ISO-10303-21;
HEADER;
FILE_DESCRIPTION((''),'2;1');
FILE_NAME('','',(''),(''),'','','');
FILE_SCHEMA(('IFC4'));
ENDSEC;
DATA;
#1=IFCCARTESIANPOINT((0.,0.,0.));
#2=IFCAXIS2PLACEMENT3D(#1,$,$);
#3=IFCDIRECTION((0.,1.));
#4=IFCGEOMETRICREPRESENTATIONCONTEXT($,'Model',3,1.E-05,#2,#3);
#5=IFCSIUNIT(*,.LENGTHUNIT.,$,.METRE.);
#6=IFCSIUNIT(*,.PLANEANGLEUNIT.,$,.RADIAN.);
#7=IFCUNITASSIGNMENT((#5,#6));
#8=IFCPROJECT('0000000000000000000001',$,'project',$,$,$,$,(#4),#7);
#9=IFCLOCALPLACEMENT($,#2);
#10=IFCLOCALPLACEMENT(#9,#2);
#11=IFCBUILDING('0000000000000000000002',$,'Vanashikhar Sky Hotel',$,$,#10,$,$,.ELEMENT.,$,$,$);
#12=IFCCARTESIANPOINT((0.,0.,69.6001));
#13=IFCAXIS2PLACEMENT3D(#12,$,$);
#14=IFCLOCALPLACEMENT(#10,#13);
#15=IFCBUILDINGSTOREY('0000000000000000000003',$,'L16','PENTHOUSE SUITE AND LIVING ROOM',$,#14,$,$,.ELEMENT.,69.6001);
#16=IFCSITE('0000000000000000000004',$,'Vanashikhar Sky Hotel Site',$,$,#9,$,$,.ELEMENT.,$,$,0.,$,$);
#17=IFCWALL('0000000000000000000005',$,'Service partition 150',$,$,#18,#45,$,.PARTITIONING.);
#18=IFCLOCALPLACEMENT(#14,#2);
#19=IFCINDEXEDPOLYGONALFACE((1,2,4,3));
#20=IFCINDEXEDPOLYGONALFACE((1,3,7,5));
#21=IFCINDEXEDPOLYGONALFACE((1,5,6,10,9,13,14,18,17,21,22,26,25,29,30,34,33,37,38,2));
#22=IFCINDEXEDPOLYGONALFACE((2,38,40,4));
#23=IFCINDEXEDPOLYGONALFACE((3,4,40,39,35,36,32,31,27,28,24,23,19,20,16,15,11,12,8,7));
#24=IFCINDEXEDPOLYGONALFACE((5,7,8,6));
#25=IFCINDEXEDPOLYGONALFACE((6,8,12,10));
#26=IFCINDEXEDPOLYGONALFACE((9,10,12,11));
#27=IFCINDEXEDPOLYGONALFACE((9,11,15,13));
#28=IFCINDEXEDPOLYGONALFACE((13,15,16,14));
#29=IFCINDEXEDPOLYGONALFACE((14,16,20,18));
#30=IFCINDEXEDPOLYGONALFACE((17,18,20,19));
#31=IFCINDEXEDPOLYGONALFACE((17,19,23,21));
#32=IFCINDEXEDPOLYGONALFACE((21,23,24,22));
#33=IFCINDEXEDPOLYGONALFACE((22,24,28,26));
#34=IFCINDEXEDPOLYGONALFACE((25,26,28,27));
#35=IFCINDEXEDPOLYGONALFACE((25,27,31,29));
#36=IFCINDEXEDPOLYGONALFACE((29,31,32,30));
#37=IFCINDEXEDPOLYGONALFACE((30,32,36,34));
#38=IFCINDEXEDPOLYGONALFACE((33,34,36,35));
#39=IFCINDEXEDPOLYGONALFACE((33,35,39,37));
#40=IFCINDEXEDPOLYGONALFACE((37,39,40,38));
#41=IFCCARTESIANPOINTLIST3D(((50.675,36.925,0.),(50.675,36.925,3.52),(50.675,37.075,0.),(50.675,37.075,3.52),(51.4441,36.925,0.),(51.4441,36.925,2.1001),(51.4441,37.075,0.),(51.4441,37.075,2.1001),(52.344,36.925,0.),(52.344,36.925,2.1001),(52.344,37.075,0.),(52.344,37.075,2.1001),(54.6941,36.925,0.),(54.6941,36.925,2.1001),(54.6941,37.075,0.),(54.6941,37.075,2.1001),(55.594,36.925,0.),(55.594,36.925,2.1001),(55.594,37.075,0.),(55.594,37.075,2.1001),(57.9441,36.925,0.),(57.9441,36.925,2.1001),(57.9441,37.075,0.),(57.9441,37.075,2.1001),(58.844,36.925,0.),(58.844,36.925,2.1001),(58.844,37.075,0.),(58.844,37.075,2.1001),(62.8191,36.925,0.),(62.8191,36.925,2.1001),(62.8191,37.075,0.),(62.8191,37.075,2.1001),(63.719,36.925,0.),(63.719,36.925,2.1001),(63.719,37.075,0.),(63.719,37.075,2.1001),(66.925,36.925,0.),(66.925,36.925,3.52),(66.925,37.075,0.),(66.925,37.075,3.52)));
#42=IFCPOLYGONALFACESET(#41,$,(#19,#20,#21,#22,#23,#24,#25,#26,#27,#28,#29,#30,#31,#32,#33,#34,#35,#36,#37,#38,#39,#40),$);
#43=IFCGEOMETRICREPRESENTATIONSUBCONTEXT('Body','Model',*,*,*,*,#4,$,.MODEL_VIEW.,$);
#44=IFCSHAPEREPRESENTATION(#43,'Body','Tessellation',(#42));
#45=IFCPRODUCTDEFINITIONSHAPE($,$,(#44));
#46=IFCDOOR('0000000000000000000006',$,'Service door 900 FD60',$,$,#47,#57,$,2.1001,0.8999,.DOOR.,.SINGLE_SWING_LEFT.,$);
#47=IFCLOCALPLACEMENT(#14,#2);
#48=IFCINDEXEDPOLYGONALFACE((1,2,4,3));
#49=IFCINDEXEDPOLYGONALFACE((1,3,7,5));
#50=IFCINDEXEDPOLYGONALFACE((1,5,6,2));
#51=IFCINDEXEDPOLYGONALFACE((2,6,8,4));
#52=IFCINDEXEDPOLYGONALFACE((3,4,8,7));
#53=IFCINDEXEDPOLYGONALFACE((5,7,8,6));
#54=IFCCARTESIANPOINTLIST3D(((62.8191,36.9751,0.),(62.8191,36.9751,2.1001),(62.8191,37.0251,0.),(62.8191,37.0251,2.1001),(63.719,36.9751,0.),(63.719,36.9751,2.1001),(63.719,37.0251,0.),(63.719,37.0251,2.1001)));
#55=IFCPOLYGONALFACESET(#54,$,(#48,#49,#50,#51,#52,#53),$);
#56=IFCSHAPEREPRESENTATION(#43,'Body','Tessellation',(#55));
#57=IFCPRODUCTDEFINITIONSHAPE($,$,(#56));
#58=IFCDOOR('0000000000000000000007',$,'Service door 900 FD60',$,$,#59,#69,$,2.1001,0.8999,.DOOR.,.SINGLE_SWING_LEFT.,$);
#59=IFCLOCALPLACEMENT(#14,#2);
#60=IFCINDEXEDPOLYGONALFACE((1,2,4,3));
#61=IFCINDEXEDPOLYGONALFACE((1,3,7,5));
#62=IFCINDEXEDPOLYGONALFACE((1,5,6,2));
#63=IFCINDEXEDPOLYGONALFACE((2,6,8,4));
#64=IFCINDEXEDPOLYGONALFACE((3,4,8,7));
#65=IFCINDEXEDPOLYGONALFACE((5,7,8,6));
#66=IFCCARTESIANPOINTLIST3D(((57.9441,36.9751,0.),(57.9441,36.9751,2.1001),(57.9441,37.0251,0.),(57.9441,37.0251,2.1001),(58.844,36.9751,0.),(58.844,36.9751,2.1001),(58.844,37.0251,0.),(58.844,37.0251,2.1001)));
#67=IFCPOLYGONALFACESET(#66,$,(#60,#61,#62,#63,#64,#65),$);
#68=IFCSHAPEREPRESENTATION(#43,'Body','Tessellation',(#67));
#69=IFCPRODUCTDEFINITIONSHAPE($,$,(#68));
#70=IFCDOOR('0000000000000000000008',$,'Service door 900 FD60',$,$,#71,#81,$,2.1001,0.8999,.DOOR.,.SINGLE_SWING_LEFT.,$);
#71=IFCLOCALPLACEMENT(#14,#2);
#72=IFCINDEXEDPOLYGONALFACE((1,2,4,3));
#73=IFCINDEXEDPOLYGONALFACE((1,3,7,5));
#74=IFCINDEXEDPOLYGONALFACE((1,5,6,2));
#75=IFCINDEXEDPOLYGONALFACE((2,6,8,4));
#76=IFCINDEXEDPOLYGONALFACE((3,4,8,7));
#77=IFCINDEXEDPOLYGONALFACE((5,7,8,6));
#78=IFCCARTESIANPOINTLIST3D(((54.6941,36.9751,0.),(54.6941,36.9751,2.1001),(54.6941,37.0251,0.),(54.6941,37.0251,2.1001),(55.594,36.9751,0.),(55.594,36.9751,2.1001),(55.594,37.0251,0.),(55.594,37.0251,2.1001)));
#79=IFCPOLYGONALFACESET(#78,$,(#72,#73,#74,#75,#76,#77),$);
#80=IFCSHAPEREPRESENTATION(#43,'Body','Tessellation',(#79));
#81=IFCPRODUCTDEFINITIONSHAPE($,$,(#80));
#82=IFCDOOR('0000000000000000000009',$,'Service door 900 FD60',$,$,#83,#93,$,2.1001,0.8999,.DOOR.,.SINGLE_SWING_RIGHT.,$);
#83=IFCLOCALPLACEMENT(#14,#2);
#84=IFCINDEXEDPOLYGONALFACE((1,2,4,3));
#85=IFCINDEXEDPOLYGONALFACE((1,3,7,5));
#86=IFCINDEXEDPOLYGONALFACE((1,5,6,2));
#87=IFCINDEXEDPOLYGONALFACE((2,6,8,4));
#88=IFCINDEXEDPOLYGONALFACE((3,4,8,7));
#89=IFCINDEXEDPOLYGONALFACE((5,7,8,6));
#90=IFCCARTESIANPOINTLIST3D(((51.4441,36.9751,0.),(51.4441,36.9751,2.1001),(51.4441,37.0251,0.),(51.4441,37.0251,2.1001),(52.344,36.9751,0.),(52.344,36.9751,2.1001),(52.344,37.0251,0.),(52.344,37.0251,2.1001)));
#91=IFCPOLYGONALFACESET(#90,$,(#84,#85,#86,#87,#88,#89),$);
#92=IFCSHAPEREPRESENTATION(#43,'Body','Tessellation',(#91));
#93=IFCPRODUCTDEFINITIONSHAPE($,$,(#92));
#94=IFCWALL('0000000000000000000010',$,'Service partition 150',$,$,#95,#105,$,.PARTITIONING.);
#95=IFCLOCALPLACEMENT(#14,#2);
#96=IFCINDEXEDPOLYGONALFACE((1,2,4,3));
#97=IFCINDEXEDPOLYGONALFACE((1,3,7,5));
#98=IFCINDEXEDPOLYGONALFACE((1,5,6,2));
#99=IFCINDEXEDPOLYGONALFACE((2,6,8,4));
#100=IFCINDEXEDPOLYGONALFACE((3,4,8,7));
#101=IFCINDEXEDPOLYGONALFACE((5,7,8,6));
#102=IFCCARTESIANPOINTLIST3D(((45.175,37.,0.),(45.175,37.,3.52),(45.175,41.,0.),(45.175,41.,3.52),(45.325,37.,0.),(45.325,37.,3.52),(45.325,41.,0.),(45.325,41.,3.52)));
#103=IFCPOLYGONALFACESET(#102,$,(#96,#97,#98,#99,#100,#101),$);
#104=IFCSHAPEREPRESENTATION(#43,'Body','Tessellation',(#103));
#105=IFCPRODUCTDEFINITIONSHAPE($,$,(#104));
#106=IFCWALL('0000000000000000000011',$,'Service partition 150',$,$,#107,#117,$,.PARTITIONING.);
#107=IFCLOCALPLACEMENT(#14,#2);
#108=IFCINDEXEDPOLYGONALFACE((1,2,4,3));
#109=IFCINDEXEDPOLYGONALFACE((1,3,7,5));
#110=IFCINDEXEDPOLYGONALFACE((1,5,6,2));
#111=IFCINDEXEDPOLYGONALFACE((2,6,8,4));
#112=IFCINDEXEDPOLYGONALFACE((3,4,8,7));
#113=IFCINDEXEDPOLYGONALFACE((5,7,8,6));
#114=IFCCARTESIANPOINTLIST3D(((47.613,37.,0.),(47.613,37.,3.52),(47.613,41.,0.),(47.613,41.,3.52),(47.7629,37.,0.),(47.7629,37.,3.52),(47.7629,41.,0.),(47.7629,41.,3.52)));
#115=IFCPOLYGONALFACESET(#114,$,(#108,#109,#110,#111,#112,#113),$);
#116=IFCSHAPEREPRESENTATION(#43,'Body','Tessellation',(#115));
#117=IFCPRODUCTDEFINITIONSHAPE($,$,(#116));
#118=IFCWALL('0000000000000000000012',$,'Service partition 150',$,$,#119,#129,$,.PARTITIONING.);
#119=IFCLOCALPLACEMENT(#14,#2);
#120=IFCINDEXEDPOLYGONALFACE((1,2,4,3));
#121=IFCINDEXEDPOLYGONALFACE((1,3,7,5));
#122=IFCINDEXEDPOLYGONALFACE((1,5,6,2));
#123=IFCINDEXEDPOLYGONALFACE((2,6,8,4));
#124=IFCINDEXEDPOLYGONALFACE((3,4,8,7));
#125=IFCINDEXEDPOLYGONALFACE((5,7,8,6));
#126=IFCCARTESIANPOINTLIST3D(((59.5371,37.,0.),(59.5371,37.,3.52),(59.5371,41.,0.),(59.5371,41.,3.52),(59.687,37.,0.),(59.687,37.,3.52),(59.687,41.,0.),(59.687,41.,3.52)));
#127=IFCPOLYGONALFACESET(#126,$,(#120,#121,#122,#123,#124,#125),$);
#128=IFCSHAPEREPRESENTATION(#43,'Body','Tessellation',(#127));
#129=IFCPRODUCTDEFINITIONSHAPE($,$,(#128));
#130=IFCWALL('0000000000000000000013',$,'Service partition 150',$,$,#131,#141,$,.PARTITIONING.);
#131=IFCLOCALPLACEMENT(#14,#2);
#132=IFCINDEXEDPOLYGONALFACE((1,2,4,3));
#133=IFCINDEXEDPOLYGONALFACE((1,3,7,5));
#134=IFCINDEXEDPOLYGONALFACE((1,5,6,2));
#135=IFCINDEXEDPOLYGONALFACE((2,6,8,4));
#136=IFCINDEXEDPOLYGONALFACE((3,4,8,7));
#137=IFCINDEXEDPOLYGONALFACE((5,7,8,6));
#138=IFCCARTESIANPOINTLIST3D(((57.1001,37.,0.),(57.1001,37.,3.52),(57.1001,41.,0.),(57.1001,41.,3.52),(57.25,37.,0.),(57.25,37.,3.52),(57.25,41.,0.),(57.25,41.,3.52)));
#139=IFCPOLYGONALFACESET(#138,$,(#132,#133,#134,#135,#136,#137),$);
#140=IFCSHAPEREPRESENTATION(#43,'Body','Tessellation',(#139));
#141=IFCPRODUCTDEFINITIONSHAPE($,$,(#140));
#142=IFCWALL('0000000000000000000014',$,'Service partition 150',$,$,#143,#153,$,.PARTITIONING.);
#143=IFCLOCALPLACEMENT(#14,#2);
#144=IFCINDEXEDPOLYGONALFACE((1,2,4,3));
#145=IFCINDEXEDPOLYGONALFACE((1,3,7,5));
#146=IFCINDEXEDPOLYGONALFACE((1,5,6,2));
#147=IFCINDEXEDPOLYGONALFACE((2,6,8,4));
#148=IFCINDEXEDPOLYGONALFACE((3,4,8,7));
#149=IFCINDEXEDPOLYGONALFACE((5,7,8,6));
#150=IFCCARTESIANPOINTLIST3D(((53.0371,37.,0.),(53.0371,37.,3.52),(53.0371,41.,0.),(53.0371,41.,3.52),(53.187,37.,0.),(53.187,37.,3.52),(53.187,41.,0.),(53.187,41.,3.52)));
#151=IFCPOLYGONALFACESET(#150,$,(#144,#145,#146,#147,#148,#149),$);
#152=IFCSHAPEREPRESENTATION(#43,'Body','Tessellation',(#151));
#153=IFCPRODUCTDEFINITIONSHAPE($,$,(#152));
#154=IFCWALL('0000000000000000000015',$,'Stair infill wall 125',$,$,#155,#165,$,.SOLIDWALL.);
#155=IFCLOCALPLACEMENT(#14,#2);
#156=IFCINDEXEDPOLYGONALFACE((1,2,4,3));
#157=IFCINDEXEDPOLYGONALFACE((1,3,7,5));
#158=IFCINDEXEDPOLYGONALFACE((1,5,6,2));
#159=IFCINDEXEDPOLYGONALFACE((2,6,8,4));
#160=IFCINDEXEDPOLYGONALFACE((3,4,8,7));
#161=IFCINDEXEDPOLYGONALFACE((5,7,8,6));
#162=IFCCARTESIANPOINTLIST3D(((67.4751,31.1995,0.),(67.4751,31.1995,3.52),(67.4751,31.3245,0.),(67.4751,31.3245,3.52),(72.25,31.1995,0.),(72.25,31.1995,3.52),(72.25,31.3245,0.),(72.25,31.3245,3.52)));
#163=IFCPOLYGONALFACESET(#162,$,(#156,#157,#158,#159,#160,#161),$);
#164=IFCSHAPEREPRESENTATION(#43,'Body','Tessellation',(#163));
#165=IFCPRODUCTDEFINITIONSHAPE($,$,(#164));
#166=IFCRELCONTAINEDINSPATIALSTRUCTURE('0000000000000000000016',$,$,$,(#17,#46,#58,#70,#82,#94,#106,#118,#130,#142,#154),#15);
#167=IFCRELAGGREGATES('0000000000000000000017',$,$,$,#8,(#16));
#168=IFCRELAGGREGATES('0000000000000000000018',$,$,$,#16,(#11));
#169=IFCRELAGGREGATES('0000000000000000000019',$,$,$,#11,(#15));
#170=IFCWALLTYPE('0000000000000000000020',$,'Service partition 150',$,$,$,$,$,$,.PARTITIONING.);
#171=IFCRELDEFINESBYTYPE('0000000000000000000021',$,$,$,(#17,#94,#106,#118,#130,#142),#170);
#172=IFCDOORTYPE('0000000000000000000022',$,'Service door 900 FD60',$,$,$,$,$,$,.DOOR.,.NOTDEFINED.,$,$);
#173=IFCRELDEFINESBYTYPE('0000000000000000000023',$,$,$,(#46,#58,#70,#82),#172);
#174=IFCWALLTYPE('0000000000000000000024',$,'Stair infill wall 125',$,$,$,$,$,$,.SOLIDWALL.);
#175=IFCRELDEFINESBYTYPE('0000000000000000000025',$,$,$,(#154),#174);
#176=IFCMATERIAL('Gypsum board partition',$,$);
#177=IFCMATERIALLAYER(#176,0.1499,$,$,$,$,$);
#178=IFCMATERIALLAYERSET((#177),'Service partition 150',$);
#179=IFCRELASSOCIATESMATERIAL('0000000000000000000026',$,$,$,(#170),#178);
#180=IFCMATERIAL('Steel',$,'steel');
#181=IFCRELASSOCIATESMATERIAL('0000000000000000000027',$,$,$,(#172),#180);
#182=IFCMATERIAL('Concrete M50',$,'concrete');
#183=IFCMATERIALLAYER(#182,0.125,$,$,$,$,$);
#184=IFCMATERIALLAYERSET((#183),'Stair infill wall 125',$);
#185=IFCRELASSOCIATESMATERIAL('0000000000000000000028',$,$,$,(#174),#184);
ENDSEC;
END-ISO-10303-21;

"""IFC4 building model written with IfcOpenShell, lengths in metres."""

from ifc_helpers import new_model, si_unit, direction, frame, frame_2d, origin, place, context, subcontext, project, spatial, rectangle, extrude, source, transform, mapped, material, layer, layer_set, type_object, element, fill, save


model = new_model("IFC4")

# Units and contexts
model_context = context("Model", 3, precision=1e-05, world=origin(), true_north=direction((0.0, 1.0)))
body_context = subcontext(model_context, "Body", "Model", "MODEL_VIEW")
ifc_project = project(units=[si_unit("LENGTHUNIT", "METRE"), si_unit("PLANEANGLEUNIT", "RADIAN")], contexts=[model_context])

# Site, building, storey
site_placement = place(None, origin())
site = spatial("IfcSite", under=ifc_project, at=site_placement, Name="Vanashikhar Sky Hotel Site", CompositionType="ELEMENT", RefElevation=0.0)
building_placement = place(site_placement, origin())
building = spatial("IfcBuilding", under=site, at=building_placement, Name="Vanashikhar Sky Hotel", CompositionType="ELEMENT")
storey_placement = place(building_placement, frame((0.0, 0.0, 69.6001)))
storey = spatial("IfcBuildingStorey", under=building, at=storey_placement, Name="L16", Description="PENTHOUSE SUITE AND LIVING ROOM", CompositionType="ELEMENT", Elevation=69.6001)

# Shared definitions
ifc_material_1 = material(Name="Steel", Category="steel")

# Shared definitions
ifc_material_2 = material(Name="Gypsum board partition")
ifc_layer_1 = layer(ifc_material_2, 0.1499)
ifc_layer_set_1 = layer_set([ifc_layer_1], Name="Service partition 150")
wall_type_1 = type_object("IfcWallType", Name="Service partition 150", PredefinedType="PARTITIONING", material=ifc_layer_set_1)

# Shared definitions
shared_shape_1 = source(origin(), body_context, "Body", "SweptSolid", [
    extrude(rectangle(XDim=0.8999, YDim=2.1001, at=frame_2d((0.45, 1.05))), frame((0.0, 0.085, 0.0), z_axis=(0.0, -1.0, 0.0), x_axis=(1.0, 0.0, 0.0)), (0.0, 0.0, 1.0), 0.1699),
])
door_type_1 = type_object("IfcDoorType", Name="Service door 900 FD60", OperationType="NOTDEFINED", PredefinedType="DOOR", material=ifc_material_1)
shared_shape_2 = source(origin(), body_context, "Body", "SweptSolid", [
    extrude(rectangle(XDim=0.8999, YDim=2.1001, at=frame_2d((0.45, 1.05))), frame((0.0, 0.0249, 0.0), z_axis=(0.0, -1.0, 0.0), x_axis=(1.0, 0.0, 0.0)), (0.0, 0.0, 1.0), 0.05),
])

# Wall, openings, doors
shared_shape_3 = source(origin(), body_context, "Body", "SweptSolid", [
    extrude(rectangle(XDim=16.25, YDim=0.1499, at=frame_2d((8.125, 0.0))), origin(), (0.0, 0.0, 1.0), 3.52),
])
wall_1_placement = place(storey_placement, frame((66.925, 37.0, 0.0), z_axis=(0.0, 0.0, 1.0), x_axis=(-1.0, 0.0, 0.0)))
wall_1 = element("IfcWall", 1, at=wall_1_placement, inside=storey, type_object=wall_type_1, Name="Service partition 150", PredefinedType="PARTITIONING", context=body_context, shape_type="MappedRepresentation", body=[
    mapped(shared_shape_3, transform((0.0, 0.0, 0.0), scale=1.0)),
])
opening_1_placement = place(wall_1_placement, frame((3.2061, 0.0, 0.0)))
opening_1 = element("IfcOpeningElement", 2, at=opening_1_placement, cuts=wall_1, PredefinedType="OPENING", context=body_context, shape_type="MappedRepresentation", body=[
    mapped(shared_shape_1, transform((0.0, 0.0, 0.0), scale=1.0)),
])
opening_2_placement = place(wall_1_placement, frame((8.0811, 0.0, 0.0)))
opening_2 = element("IfcOpeningElement", 3, at=opening_2_placement, cuts=wall_1, PredefinedType="OPENING", context=body_context, shape_type="MappedRepresentation", body=[
    mapped(shared_shape_1, transform((0.0, 0.0, 0.0), scale=1.0)),
])
opening_3_placement = place(wall_1_placement, frame((11.3311, 0.0, 0.0)))
opening_3 = element("IfcOpeningElement", 4, at=opening_3_placement, cuts=wall_1, PredefinedType="OPENING", context=body_context, shape_type="MappedRepresentation", body=[
    mapped(shared_shape_1, transform((0.0, 0.0, 0.0), scale=1.0)),
])
opening_4_placement = place(wall_1_placement, frame((14.5811, 0.0, 0.0)))
opening_4 = element("IfcOpeningElement", 5, at=opening_4_placement, cuts=wall_1, PredefinedType="OPENING", context=body_context, shape_type="MappedRepresentation", body=[
    mapped(shared_shape_1, transform((0.0, 0.0, 0.0), scale=1.0)),
])
door_1_placement = place(opening_1_placement, origin())
door_1 = element("IfcDoor", 6, at=door_1_placement, inside=storey, type_object=door_type_1, Name="Service door 900 FD60", OperationType="SINGLE_SWING_LEFT", OverallHeight=2.1001, OverallWidth=0.8999, PredefinedType="DOOR", context=body_context, shape_type="MappedRepresentation", body=[
    mapped(shared_shape_2, transform((0.0, 0.0, 0.0), scale=1.0)),
])
fill(opening_1, door_1)
door_2_placement = place(opening_2_placement, origin())
door_2 = element("IfcDoor", 7, at=door_2_placement, inside=storey, type_object=door_type_1, Name="Service door 900 FD60", OperationType="SINGLE_SWING_LEFT", OverallHeight=2.1001, OverallWidth=0.8999, PredefinedType="DOOR", context=body_context, shape_type="MappedRepresentation", body=[
    mapped(shared_shape_2, transform((0.0, 0.0, 0.0), scale=1.0)),
])
fill(opening_2, door_2)
door_3_placement = place(opening_3_placement, origin())
door_3 = element("IfcDoor", 8, at=door_3_placement, inside=storey, type_object=door_type_1, Name="Service door 900 FD60", OperationType="SINGLE_SWING_LEFT", OverallHeight=2.1001, OverallWidth=0.8999, PredefinedType="DOOR", context=body_context, shape_type="MappedRepresentation", body=[
    mapped(shared_shape_2, transform((0.0, 0.0, 0.0), scale=1.0)),
])
fill(opening_3, door_3)
door_4_placement = place(opening_4_placement, origin())
door_4 = element("IfcDoor", 9, at=door_4_placement, inside=storey, type_object=door_type_1, Name="Service door 900 FD60", OperationType="SINGLE_SWING_RIGHT", OverallHeight=2.1001, OverallWidth=0.8999, PredefinedType="DOOR", context=body_context, shape_type="MappedRepresentation", body=[
    mapped(shared_shape_2, transform((0.0, 0.0, 0.0), scale=1.0)),
])
fill(opening_4, door_4)

# Walls
shared_shape_4 = source(origin(), body_context, "Body", "SweptSolid", [
    extrude(rectangle(XDim=4.0, YDim=0.1499, at=frame_2d((2.0, 0.0))), origin(), (0.0, 0.0, 1.0), 3.52),
])
for number, where, z_axis, x_axis, name in (
    (10, (45.25, 37.0, 0.0), (0.0, 0.0, 1.0), (0.0, 1.0, 0.0), "Service partition 150"),
    (11, (47.688, 37.0, 0.0), (0.0, 0.0, 1.0), (0.0, 1.0, 0.0), "Service partition 150"),
    (12, (59.6121, 37.0, 0.0), (0.0, 0.0, 1.0), (0.0, 1.0, 0.0), "Service partition 150"),
    (13, (57.175, 37.0, 0.0), (0.0, 0.0, 1.0), (0.0, 1.0, 0.0), "Service partition 150"),
    (14, (53.1121, 37.0, 0.0), (0.0, 0.0, 1.0), (0.0, 1.0, 0.0), "Service partition 150"),
):
    element("IfcWall", number, at=place(storey_placement, frame(where, z_axis=z_axis, x_axis=x_axis)), inside=storey, type_object=wall_type_1, Name=name, PredefinedType="PARTITIONING", context=body_context, shape_type="MappedRepresentation", body=[
        mapped(shared_shape_4, transform((0.0, 0.0, 0.0), scale=1.0)),
    ])
ifc_material_3 = material(Name="Concrete M50", Category="concrete")
ifc_layer_2 = layer(ifc_material_3, 0.125)
ifc_layer_set_2 = layer_set([ifc_layer_2], Name="Stair infill wall 125")
wall_type_2 = type_object("IfcWallType", Name="Stair infill wall 125", PredefinedType="SOLIDWALL", material=ifc_layer_set_2)
shared_shape_5 = source(origin(), body_context, "Body", "SweptSolid", [
    extrude(rectangle(XDim=4.7749, YDim=0.125, at=frame_2d((2.3875, 0.0))), origin(), (0.0, 0.0, 1.0), 3.52),
])
wall_2_placement = place(storey_placement, frame((67.4751, 31.262, 0.0), z_axis=(0.0, 0.0, 1.0), x_axis=(1.0, 0.0, 0.0)))
element("IfcWall", 15, at=wall_2_placement, inside=storey, type_object=wall_type_2, Name="Stair infill wall 125", PredefinedType="SOLIDWALL", context=body_context, shape_type="MappedRepresentation", body=[
    mapped(shared_shape_5, transform((0.0, 0.0, 0.0), scale=1.0)),
])

save(model, "model.ifc")
